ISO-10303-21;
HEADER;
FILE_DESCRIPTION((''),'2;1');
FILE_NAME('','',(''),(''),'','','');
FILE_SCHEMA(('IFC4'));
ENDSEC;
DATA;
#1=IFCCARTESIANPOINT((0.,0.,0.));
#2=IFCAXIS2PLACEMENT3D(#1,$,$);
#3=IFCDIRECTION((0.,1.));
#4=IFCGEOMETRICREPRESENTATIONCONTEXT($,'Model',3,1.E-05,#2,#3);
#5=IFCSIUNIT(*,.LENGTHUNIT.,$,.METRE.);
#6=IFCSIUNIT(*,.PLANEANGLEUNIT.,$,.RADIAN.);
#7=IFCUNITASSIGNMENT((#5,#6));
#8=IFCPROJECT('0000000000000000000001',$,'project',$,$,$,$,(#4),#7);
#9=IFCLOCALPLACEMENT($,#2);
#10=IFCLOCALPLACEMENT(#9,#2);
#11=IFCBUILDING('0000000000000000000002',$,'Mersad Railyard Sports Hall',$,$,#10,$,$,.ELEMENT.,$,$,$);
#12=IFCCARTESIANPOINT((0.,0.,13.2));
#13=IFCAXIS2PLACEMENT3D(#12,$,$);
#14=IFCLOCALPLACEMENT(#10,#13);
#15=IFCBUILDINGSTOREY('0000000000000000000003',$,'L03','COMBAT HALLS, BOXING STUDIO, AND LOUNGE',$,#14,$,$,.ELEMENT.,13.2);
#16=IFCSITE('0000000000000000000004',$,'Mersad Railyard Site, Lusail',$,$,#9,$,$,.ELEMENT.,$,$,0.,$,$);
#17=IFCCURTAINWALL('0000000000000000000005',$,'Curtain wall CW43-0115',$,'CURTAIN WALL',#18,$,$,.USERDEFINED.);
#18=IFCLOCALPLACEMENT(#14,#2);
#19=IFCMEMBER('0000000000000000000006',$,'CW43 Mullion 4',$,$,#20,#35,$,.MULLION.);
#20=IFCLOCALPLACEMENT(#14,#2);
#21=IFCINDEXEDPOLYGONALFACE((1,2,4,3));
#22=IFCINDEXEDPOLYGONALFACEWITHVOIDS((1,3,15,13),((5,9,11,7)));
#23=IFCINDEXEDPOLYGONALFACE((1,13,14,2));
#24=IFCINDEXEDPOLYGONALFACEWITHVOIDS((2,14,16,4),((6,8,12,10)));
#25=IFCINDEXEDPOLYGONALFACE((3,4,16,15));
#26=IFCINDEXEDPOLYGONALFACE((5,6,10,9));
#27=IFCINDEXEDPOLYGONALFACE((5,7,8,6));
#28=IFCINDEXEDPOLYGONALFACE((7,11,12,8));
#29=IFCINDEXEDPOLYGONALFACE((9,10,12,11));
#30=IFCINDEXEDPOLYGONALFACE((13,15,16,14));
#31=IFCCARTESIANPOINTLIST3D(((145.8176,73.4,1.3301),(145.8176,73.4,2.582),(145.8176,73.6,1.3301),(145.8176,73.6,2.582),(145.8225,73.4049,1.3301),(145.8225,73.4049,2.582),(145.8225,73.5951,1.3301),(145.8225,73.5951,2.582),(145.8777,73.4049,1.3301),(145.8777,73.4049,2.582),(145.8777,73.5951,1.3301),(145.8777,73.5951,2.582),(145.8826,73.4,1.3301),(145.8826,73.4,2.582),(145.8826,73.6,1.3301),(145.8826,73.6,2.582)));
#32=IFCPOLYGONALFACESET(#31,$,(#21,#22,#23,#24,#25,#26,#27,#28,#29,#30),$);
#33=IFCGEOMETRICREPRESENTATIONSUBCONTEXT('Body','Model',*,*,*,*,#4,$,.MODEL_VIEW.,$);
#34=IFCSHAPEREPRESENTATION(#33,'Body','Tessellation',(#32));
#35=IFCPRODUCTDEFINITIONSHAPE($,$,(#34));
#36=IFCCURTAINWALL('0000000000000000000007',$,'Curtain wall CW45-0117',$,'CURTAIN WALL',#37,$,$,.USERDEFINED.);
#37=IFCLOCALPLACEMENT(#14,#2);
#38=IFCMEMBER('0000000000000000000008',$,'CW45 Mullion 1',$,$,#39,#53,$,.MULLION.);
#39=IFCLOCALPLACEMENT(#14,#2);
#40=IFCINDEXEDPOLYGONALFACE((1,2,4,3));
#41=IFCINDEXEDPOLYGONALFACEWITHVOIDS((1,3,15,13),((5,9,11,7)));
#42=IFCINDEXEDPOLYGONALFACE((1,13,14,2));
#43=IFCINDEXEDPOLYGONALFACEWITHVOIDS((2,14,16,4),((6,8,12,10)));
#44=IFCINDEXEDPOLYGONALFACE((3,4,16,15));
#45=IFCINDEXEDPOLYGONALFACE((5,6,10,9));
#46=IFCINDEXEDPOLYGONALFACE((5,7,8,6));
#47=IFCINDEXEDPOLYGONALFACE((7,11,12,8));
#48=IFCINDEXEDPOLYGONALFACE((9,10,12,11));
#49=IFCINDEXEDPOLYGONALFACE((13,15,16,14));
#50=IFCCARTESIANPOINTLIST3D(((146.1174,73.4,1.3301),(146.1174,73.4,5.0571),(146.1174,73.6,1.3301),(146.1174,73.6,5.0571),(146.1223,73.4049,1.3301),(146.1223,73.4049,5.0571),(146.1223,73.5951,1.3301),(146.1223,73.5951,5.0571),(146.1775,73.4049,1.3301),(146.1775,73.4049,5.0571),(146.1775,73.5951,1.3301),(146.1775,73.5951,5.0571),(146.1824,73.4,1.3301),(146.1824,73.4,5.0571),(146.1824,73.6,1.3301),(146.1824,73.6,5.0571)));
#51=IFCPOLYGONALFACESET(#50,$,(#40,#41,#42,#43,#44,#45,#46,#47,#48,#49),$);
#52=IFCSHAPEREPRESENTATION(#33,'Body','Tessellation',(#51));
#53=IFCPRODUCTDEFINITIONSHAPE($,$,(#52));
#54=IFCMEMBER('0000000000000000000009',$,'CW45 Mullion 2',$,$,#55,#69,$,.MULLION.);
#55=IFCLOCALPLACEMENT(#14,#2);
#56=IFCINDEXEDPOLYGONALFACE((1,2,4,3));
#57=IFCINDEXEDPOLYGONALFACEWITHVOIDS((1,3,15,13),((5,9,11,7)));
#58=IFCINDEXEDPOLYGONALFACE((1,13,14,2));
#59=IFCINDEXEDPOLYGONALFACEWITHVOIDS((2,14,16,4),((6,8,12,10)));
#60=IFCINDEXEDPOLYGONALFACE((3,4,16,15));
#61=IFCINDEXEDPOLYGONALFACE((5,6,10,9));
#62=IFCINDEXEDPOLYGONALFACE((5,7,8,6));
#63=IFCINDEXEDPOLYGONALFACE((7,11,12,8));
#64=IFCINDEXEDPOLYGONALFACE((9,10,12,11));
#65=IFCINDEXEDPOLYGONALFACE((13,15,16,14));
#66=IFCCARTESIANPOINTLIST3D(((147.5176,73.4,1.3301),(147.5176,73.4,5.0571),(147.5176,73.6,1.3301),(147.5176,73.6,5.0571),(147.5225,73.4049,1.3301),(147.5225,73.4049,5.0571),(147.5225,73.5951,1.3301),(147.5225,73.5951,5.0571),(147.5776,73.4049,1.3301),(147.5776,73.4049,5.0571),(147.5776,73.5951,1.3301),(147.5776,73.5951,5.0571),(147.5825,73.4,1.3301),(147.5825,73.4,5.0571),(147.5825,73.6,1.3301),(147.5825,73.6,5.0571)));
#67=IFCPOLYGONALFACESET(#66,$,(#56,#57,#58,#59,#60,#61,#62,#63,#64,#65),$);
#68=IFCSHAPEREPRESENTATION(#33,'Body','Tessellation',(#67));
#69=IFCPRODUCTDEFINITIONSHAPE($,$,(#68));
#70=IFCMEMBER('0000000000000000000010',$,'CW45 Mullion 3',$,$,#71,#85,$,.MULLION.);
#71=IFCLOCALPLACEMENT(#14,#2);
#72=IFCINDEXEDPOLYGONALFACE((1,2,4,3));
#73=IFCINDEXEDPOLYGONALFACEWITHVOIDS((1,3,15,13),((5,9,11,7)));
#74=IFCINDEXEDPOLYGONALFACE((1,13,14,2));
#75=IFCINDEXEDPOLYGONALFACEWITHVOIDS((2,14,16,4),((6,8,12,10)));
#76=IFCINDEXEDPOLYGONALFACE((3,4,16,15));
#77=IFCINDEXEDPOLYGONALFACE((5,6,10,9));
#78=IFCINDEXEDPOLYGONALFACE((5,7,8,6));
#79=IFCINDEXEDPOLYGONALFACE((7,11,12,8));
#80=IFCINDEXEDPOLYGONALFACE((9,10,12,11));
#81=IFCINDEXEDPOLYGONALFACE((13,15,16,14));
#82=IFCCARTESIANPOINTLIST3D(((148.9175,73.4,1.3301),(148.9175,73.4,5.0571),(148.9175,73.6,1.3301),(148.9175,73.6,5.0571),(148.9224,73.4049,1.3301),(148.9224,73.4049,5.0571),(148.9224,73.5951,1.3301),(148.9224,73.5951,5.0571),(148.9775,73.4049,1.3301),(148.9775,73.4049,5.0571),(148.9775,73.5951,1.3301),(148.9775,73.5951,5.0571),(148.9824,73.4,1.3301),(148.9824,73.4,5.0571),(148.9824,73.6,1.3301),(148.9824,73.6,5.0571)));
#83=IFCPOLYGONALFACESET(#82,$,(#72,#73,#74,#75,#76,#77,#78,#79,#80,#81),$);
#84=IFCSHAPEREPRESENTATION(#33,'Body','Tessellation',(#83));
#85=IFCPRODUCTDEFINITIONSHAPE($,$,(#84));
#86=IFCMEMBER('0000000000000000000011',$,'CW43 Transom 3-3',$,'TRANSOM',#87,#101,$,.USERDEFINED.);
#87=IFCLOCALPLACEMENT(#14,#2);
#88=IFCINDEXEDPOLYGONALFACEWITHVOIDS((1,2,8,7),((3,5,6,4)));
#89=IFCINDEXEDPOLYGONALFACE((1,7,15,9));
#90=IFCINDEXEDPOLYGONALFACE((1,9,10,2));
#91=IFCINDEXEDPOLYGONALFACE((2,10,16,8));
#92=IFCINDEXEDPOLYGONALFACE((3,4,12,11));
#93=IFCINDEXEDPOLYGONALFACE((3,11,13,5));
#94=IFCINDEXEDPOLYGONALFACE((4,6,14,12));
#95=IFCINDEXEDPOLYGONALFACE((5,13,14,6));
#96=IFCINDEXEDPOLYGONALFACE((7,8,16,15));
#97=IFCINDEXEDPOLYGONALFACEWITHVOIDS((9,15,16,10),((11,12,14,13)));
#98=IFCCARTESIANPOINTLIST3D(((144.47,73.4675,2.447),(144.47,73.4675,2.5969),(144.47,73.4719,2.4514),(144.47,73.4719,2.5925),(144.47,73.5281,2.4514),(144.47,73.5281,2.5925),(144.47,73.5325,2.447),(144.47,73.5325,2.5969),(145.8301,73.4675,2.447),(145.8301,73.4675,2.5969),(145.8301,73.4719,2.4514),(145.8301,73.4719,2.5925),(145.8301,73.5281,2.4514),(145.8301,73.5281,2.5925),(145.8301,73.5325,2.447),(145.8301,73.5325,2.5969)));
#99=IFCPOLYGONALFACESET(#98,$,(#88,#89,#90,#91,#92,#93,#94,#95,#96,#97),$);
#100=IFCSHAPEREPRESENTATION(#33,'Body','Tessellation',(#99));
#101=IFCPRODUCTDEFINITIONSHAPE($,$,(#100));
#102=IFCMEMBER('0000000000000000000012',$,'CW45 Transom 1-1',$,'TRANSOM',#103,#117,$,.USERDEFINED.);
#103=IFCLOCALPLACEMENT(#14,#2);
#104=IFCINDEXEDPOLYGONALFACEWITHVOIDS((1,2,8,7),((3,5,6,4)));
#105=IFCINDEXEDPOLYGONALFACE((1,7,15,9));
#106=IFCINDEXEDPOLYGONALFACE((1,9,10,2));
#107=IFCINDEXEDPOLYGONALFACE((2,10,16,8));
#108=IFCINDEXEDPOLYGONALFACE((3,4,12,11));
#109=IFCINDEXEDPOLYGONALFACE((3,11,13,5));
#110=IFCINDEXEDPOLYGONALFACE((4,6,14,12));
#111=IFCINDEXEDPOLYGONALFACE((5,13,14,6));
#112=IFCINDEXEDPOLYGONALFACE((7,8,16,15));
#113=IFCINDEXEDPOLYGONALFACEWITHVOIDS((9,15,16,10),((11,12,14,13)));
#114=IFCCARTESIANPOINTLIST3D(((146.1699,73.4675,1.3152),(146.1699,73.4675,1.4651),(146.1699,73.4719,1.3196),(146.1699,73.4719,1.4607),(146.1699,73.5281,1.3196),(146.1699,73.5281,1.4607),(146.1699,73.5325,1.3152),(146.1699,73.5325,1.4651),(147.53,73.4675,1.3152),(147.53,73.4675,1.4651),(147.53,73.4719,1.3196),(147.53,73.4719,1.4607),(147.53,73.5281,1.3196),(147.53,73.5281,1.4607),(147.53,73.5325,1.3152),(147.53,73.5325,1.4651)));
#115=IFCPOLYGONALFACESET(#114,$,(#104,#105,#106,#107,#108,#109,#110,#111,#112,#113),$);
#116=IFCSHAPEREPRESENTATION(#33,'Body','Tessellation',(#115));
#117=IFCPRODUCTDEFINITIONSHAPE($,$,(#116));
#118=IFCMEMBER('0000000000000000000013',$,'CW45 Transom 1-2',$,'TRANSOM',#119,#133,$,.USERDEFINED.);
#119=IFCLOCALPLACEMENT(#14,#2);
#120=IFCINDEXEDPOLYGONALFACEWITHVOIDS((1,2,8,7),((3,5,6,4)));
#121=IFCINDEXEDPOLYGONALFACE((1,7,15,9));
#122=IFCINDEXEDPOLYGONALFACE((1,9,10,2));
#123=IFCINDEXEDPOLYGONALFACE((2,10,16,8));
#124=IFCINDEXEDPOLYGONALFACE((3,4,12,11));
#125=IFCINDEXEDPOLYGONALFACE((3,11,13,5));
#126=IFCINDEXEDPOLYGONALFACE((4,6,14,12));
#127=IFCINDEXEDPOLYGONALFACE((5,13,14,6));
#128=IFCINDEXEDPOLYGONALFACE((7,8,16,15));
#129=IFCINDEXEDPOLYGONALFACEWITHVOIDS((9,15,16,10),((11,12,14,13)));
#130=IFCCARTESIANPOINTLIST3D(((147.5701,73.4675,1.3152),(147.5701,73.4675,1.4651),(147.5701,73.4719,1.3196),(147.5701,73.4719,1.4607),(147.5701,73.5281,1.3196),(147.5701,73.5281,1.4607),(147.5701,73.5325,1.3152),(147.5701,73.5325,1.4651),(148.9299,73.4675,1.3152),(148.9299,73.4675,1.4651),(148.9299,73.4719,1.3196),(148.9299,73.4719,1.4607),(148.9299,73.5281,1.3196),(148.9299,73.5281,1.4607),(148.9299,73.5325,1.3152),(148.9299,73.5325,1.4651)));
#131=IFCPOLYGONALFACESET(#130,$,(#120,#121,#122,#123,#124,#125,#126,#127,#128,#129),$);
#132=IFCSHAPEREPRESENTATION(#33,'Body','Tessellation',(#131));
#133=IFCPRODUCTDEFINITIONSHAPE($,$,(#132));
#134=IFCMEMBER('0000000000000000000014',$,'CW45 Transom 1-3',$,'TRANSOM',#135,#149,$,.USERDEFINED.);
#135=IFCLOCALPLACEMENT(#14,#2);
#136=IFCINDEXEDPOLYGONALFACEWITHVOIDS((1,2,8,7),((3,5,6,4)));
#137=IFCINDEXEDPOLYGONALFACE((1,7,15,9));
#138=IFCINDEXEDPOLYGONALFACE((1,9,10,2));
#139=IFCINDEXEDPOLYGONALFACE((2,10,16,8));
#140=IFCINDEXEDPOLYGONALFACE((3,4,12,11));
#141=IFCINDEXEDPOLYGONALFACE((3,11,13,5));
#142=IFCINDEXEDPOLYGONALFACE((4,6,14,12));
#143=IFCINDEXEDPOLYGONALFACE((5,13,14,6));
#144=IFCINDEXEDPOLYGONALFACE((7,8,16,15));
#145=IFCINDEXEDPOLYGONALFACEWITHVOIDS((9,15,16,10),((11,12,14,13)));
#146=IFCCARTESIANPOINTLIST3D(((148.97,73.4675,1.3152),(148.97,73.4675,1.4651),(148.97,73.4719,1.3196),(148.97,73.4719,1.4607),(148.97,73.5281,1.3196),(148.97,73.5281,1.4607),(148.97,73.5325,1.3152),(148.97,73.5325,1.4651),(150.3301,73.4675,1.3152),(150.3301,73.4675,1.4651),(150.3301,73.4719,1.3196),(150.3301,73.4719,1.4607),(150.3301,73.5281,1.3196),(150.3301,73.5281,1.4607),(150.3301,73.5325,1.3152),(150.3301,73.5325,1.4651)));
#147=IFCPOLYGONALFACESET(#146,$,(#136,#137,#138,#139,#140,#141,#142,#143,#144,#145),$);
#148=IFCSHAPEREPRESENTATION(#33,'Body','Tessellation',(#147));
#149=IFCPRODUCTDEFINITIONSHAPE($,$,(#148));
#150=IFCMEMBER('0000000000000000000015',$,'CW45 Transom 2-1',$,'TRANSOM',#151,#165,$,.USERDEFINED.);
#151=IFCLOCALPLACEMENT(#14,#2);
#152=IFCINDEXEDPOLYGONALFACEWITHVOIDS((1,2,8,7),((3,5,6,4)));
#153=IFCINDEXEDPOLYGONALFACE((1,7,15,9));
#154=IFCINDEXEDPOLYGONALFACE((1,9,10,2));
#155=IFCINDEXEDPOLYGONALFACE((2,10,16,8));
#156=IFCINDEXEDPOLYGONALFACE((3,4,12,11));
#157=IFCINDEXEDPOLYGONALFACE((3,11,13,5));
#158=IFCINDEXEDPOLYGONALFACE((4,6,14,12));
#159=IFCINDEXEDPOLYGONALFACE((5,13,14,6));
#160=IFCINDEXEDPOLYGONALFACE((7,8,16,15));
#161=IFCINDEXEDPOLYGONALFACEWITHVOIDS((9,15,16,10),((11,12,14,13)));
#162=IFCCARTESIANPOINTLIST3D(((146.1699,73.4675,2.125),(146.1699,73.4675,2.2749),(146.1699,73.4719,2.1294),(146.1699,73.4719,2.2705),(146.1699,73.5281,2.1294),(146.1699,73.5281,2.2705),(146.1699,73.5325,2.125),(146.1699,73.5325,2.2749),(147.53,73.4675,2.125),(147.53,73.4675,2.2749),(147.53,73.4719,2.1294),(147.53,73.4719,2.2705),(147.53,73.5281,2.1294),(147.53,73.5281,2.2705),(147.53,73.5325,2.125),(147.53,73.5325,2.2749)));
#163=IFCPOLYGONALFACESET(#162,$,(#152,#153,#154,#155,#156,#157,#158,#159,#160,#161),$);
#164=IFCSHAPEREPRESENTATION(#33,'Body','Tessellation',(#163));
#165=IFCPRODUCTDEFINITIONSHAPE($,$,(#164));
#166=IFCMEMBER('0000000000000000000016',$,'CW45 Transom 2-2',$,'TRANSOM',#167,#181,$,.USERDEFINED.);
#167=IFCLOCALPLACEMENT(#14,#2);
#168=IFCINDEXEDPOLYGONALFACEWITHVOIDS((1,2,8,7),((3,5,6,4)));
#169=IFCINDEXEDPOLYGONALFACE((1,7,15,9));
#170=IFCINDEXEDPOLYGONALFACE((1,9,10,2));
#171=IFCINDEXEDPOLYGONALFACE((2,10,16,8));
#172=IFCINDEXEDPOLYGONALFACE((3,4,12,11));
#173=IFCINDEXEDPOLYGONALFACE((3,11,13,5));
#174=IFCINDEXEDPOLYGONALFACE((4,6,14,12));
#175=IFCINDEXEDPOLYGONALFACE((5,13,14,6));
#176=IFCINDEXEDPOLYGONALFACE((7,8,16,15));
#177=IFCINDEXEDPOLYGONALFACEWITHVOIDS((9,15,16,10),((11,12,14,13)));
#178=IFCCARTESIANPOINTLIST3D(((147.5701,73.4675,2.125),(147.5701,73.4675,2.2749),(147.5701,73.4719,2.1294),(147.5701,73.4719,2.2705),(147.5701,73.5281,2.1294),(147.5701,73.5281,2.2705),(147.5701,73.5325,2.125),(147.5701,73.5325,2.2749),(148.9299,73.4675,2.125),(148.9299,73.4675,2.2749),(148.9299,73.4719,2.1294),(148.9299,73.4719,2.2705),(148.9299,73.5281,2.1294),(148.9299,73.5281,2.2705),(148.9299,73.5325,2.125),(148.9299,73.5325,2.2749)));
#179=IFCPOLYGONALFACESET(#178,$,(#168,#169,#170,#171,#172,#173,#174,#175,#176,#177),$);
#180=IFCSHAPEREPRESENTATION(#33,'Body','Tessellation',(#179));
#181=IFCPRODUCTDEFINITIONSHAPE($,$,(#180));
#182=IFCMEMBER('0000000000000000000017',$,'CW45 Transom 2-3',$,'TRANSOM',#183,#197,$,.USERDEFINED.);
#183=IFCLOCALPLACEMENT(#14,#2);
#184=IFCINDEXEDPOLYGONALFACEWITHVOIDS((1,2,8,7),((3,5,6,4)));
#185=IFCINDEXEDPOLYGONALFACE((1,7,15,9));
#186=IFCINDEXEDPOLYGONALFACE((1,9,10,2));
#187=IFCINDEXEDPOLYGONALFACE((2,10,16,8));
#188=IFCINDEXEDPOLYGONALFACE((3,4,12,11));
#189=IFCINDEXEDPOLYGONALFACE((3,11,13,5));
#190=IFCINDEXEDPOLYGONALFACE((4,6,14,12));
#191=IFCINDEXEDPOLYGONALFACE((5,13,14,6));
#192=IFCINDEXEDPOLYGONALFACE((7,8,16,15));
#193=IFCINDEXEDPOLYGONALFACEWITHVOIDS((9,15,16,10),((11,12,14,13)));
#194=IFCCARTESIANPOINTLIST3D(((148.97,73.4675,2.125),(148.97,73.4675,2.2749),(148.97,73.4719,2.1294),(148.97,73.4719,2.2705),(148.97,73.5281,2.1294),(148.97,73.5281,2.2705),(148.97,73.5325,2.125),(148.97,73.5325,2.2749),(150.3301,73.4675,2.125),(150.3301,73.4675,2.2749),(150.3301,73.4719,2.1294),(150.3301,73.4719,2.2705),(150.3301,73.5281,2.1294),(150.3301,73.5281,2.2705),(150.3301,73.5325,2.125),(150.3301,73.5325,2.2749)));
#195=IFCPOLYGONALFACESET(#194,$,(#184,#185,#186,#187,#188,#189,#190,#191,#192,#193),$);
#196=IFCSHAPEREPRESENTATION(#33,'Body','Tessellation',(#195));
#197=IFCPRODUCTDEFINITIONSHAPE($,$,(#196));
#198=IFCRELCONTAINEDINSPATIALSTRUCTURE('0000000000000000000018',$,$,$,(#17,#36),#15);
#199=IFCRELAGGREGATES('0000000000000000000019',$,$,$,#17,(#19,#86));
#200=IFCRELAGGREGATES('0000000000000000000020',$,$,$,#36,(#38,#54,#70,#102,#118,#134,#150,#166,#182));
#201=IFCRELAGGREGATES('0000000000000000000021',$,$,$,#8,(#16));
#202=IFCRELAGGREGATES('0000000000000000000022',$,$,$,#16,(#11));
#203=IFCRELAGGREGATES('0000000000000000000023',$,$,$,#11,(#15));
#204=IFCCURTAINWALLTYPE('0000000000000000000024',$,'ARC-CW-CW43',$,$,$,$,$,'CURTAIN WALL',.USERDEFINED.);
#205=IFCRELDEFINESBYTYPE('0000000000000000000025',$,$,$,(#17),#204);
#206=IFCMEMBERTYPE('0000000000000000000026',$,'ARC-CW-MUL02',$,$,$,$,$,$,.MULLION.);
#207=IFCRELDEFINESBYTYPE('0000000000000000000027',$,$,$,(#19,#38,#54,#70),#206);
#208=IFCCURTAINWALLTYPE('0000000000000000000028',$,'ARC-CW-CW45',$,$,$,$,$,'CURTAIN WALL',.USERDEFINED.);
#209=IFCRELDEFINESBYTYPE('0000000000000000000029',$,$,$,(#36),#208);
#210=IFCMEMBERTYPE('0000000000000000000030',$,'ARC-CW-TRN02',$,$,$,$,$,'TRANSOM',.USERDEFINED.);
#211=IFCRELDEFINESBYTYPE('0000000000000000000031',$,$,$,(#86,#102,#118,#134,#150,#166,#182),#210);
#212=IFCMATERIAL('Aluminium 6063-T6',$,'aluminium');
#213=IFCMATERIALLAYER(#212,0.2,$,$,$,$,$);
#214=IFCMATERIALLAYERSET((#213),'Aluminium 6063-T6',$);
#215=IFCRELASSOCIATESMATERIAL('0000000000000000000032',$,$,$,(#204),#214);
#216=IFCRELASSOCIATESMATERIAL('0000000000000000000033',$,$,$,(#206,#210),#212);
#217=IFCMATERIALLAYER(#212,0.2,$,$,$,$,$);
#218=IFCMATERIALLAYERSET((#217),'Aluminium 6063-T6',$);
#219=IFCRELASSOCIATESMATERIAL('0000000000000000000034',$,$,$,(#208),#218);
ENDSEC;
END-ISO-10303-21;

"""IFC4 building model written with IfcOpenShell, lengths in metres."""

from ifc_helpers import new_model, si_unit, direction, frame, origin, origin_2d, place, context, subcontext, project, spatial, hollow_rectangle, extrude, material, layer, layer_set, material_profile, profile_set, type_object, element, aggregate, save


model = new_model("IFC4")

# Units and contexts
model_context = context("Model", 3, precision=1e-05, world=origin(), true_north=direction((0.0, 1.0)))
body_context = subcontext(model_context, "Body", "Model", "MODEL_VIEW")
ifc_project = project(units=[si_unit("LENGTHUNIT", "METRE"), si_unit("PLANEANGLEUNIT", "RADIAN")], contexts=[model_context])

# Site, building, storey
site_placement = place(None, origin())
site = spatial("IfcSite", under=ifc_project, at=site_placement, Name="Mersad Railyard Site, Lusail", CompositionType="ELEMENT", RefElevation=0.0)
building_placement = place(site_placement, origin())
building = spatial("IfcBuilding", under=site, at=building_placement, Name="Mersad Railyard Sports Hall", CompositionType="ELEMENT")
storey_placement = place(building_placement, frame((0.0, 0.0, 13.2)))
storey = spatial("IfcBuildingStorey", under=building, at=storey_placement, Name="L03", Description="COMBAT HALLS, BOXING STUDIO, AND LOUNGE", CompositionType="ELEMENT", Elevation=13.2)

# Curtain wall, member
ifc_material_1 = material(Name="Aluminium 6063-T6", Category="aluminium")
ifc_layer_1 = layer(ifc_material_1, 0.2)
ifc_layer_set_1 = layer_set([ifc_layer_1], Name="Aluminium 6063-T6")
curtain_wall_type_1 = type_object("IfcCurtainWallType", Name="ARC-CW-CW43", ElementType="CURTAIN WALL", PredefinedType="USERDEFINED", material=ifc_layer_set_1)
curtain_wall_1_placement = place(storey_placement, origin())
curtain_wall_1 = element("IfcCurtainWall", 1, at=curtain_wall_1_placement, inside=storey, type_object=curtain_wall_type_1, Name="Curtain wall CW43-0115", ObjectType="CURTAIN WALL", PredefinedType="USERDEFINED")
ifc_material_profile_1 = material_profile(ifc_material_1, hollow_rectangle(XDim=0.0649, YDim=0.2, WallThickness=0.0049, at=origin_2d()), Name="AL MULLION 65x200x5")
ifc_profile_set_1 = profile_set([ifc_material_profile_1], Name="Aluminium 6063-T6")
member_type_1 = type_object("IfcMemberType", Name="ARC-CW-MUL02", PredefinedType="MULLION", material=ifc_profile_set_1)
member_1_placement = place(storey_placement, frame((145.8501, 73.5, 1.3301), z_axis=(0.0, 0.0, 1.0), x_axis=(1.0, 0.0, 0.0)))
member_1 = element("IfcMember", 2, at=member_1_placement, type_object=member_type_1, Name="CW43 Mullion 4", PredefinedType="MULLION", context=body_context, shape_type="SweptSolid", body=[
    extrude(hollow_rectangle(XDim=0.0649, YDim=0.2, WallThickness=0.0049, at=origin_2d()), origin(), (0.0, 0.0, 1.0), 1.252),
])

# Curtain wall, members
ifc_layer_2 = layer(ifc_material_1, 0.2)
ifc_layer_set_2 = layer_set([ifc_layer_2], Name="Aluminium 6063-T6")
curtain_wall_type_2 = type_object("IfcCurtainWallType", Name="ARC-CW-CW45", ElementType="CURTAIN WALL", PredefinedType="USERDEFINED", material=ifc_layer_set_2)
curtain_wall_2_placement = place(storey_placement, origin())
curtain_wall_2 = element("IfcCurtainWall", 3, at=curtain_wall_2_placement, inside=storey, type_object=curtain_wall_type_2, Name="Curtain wall CW45-0117", ObjectType="CURTAIN WALL", PredefinedType="USERDEFINED")
member_2_placement = place(storey_placement, frame((146.1499, 73.5, 1.3301), z_axis=(0.0, 0.0, 1.0), x_axis=(1.0, 0.0, 0.0)))
member_2 = element("IfcMember", 4, at=member_2_placement, type_object=member_type_1, Name="CW45 Mullion 1", PredefinedType="MULLION", context=body_context, shape_type="SweptSolid", body=[
    extrude(hollow_rectangle(XDim=0.0649, YDim=0.2, WallThickness=0.0049, at=origin_2d()), origin(), (0.0, 0.0, 1.0), 3.7271),
])
member_3_placement = place(storey_placement, frame((147.55, 73.5, 1.3301), z_axis=(0.0, 0.0, 1.0), x_axis=(1.0, 0.0, 0.0)))
member_3 = element("IfcMember", 5, at=member_3_placement, type_object=member_type_1, Name="CW45 Mullion 2", PredefinedType="MULLION", context=body_context, shape_type="SweptSolid", body=[
    extrude(hollow_rectangle(XDim=0.0649, YDim=0.2, WallThickness=0.0049, at=origin_2d()), origin(), (0.0, 0.0, 1.0), 3.7271),
])
member_4_placement = place(storey_placement, frame((148.95, 73.5, 1.3301), z_axis=(0.0, 0.0, 1.0), x_axis=(1.0, 0.0, 0.0)))
member_4 = element("IfcMember", 6, at=member_4_placement, type_object=member_type_1, Name="CW45 Mullion 3", PredefinedType="MULLION", context=body_context, shape_type="SweptSolid", body=[
    extrude(hollow_rectangle(XDim=0.0649, YDim=0.2, WallThickness=0.0049, at=origin_2d()), origin(), (0.0, 0.0, 1.0), 3.7271),
])

# Members
ifc_material_profile_2 = material_profile(ifc_material_1, hollow_rectangle(XDim=0.0649, YDim=0.1499, WallThickness=0.0044, at=origin_2d()), Name="AL TRANSOM 65x150x4.5")
ifc_profile_set_2 = profile_set([ifc_material_profile_2], Name="Aluminium 6063-T6")
member_type_2 = type_object("IfcMemberType", Name="ARC-CW-TRN02", ElementType="TRANSOM", PredefinedType="USERDEFINED", material=ifc_profile_set_2)
member_5_placement = place(storey_placement, frame((144.47, 73.5, 2.522), z_axis=(1.0, 0.0, 0.0), x_axis=(0.0, 1.0, 0.0)))
member_5 = element("IfcMember", 7, at=member_5_placement, type_object=member_type_2, Name="CW43 Transom 3-3", ObjectType="TRANSOM", PredefinedType="USERDEFINED", context=body_context, shape_type="SweptSolid", body=[
    extrude(hollow_rectangle(XDim=0.0649, YDim=0.1499, WallThickness=0.0044, at=origin_2d()), origin(), (0.0, 0.0, 1.0), 1.3601),
])
member_6_placement = place(storey_placement, frame((146.1699, 73.5, 1.3901), z_axis=(1.0, 0.0, 0.0), x_axis=(0.0, 1.0, 0.0)))
member_6 = element("IfcMember", 8, at=member_6_placement, type_object=member_type_2, Name="CW45 Transom 1-1", ObjectType="TRANSOM", PredefinedType="USERDEFINED", context=body_context, shape_type="SweptSolid", body=[
    extrude(hollow_rectangle(XDim=0.0649, YDim=0.1499, WallThickness=0.0044, at=origin_2d()), origin(), (0.0, 0.0, 1.0), 1.3601),
])
member_7_placement = place(storey_placement, frame((147.5701, 73.5, 1.3901), z_axis=(1.0, 0.0, 0.0), x_axis=(0.0, 1.0, 0.0)))
member_7 = element("IfcMember", 9, at=member_7_placement, type_object=member_type_2, Name="CW45 Transom 1-2", ObjectType="TRANSOM", PredefinedType="USERDEFINED", context=body_context, shape_type="SweptSolid", body=[
    extrude(hollow_rectangle(XDim=0.0649, YDim=0.1499, WallThickness=0.0044, at=origin_2d()), origin(), (0.0, 0.0, 1.0), 1.3599),
])
member_8_placement = place(storey_placement, frame((148.97, 73.5, 1.3901), z_axis=(1.0, 0.0, 0.0), x_axis=(0.0, 1.0, 0.0)))
member_8 = element("IfcMember", 10, at=member_8_placement, type_object=member_type_2, Name="CW45 Transom 1-3", ObjectType="TRANSOM", PredefinedType="USERDEFINED", context=body_context, shape_type="SweptSolid", body=[
    extrude(hollow_rectangle(XDim=0.0649, YDim=0.1499, WallThickness=0.0044, at=origin_2d()), origin(), (0.0, 0.0, 1.0), 1.3601),
])
member_9_placement = place(storey_placement, frame((146.1699, 73.5, 2.2), z_axis=(1.0, 0.0, 0.0), x_axis=(0.0, 1.0, 0.0)))
member_9 = element("IfcMember", 11, at=member_9_placement, type_object=member_type_2, Name="CW45 Transom 2-1", ObjectType="TRANSOM", PredefinedType="USERDEFINED", context=body_context, shape_type="SweptSolid", body=[
    extrude(hollow_rectangle(XDim=0.0649, YDim=0.1499, WallThickness=0.0044, at=origin_2d()), origin(), (0.0, 0.0, 1.0), 1.3601),
])
member_10_placement = place(storey_placement, frame((147.5701, 73.5, 2.2), z_axis=(1.0, 0.0, 0.0), x_axis=(0.0, 1.0, 0.0)))
member_10 = element("IfcMember", 12, at=member_10_placement, type_object=member_type_2, Name="CW45 Transom 2-2", ObjectType="TRANSOM", PredefinedType="USERDEFINED", context=body_context, shape_type="SweptSolid", body=[
    extrude(hollow_rectangle(XDim=0.0649, YDim=0.1499, WallThickness=0.0044, at=origin_2d()), origin(), (0.0, 0.0, 1.0), 1.3599),
])
member_11_placement = place(storey_placement, frame((148.97, 73.5, 2.2), z_axis=(1.0, 0.0, 0.0), x_axis=(0.0, 1.0, 0.0)))
member_11 = element("IfcMember", 13, at=member_11_placement, type_object=member_type_2, Name="CW45 Transom 2-3", ObjectType="TRANSOM", PredefinedType="USERDEFINED", context=body_context, shape_type="SweptSolid", body=[
    extrude(hollow_rectangle(XDim=0.0649, YDim=0.1499, WallThickness=0.0044, at=origin_2d()), origin(), (0.0, 0.0, 1.0), 1.3601),
])

aggregate(curtain_wall_1, [member_1, member_5])
aggregate(curtain_wall_2, [member_2, member_3, member_4, member_6, member_7, member_8, member_9, member_10, member_11])

save(model, "model.ifc")
